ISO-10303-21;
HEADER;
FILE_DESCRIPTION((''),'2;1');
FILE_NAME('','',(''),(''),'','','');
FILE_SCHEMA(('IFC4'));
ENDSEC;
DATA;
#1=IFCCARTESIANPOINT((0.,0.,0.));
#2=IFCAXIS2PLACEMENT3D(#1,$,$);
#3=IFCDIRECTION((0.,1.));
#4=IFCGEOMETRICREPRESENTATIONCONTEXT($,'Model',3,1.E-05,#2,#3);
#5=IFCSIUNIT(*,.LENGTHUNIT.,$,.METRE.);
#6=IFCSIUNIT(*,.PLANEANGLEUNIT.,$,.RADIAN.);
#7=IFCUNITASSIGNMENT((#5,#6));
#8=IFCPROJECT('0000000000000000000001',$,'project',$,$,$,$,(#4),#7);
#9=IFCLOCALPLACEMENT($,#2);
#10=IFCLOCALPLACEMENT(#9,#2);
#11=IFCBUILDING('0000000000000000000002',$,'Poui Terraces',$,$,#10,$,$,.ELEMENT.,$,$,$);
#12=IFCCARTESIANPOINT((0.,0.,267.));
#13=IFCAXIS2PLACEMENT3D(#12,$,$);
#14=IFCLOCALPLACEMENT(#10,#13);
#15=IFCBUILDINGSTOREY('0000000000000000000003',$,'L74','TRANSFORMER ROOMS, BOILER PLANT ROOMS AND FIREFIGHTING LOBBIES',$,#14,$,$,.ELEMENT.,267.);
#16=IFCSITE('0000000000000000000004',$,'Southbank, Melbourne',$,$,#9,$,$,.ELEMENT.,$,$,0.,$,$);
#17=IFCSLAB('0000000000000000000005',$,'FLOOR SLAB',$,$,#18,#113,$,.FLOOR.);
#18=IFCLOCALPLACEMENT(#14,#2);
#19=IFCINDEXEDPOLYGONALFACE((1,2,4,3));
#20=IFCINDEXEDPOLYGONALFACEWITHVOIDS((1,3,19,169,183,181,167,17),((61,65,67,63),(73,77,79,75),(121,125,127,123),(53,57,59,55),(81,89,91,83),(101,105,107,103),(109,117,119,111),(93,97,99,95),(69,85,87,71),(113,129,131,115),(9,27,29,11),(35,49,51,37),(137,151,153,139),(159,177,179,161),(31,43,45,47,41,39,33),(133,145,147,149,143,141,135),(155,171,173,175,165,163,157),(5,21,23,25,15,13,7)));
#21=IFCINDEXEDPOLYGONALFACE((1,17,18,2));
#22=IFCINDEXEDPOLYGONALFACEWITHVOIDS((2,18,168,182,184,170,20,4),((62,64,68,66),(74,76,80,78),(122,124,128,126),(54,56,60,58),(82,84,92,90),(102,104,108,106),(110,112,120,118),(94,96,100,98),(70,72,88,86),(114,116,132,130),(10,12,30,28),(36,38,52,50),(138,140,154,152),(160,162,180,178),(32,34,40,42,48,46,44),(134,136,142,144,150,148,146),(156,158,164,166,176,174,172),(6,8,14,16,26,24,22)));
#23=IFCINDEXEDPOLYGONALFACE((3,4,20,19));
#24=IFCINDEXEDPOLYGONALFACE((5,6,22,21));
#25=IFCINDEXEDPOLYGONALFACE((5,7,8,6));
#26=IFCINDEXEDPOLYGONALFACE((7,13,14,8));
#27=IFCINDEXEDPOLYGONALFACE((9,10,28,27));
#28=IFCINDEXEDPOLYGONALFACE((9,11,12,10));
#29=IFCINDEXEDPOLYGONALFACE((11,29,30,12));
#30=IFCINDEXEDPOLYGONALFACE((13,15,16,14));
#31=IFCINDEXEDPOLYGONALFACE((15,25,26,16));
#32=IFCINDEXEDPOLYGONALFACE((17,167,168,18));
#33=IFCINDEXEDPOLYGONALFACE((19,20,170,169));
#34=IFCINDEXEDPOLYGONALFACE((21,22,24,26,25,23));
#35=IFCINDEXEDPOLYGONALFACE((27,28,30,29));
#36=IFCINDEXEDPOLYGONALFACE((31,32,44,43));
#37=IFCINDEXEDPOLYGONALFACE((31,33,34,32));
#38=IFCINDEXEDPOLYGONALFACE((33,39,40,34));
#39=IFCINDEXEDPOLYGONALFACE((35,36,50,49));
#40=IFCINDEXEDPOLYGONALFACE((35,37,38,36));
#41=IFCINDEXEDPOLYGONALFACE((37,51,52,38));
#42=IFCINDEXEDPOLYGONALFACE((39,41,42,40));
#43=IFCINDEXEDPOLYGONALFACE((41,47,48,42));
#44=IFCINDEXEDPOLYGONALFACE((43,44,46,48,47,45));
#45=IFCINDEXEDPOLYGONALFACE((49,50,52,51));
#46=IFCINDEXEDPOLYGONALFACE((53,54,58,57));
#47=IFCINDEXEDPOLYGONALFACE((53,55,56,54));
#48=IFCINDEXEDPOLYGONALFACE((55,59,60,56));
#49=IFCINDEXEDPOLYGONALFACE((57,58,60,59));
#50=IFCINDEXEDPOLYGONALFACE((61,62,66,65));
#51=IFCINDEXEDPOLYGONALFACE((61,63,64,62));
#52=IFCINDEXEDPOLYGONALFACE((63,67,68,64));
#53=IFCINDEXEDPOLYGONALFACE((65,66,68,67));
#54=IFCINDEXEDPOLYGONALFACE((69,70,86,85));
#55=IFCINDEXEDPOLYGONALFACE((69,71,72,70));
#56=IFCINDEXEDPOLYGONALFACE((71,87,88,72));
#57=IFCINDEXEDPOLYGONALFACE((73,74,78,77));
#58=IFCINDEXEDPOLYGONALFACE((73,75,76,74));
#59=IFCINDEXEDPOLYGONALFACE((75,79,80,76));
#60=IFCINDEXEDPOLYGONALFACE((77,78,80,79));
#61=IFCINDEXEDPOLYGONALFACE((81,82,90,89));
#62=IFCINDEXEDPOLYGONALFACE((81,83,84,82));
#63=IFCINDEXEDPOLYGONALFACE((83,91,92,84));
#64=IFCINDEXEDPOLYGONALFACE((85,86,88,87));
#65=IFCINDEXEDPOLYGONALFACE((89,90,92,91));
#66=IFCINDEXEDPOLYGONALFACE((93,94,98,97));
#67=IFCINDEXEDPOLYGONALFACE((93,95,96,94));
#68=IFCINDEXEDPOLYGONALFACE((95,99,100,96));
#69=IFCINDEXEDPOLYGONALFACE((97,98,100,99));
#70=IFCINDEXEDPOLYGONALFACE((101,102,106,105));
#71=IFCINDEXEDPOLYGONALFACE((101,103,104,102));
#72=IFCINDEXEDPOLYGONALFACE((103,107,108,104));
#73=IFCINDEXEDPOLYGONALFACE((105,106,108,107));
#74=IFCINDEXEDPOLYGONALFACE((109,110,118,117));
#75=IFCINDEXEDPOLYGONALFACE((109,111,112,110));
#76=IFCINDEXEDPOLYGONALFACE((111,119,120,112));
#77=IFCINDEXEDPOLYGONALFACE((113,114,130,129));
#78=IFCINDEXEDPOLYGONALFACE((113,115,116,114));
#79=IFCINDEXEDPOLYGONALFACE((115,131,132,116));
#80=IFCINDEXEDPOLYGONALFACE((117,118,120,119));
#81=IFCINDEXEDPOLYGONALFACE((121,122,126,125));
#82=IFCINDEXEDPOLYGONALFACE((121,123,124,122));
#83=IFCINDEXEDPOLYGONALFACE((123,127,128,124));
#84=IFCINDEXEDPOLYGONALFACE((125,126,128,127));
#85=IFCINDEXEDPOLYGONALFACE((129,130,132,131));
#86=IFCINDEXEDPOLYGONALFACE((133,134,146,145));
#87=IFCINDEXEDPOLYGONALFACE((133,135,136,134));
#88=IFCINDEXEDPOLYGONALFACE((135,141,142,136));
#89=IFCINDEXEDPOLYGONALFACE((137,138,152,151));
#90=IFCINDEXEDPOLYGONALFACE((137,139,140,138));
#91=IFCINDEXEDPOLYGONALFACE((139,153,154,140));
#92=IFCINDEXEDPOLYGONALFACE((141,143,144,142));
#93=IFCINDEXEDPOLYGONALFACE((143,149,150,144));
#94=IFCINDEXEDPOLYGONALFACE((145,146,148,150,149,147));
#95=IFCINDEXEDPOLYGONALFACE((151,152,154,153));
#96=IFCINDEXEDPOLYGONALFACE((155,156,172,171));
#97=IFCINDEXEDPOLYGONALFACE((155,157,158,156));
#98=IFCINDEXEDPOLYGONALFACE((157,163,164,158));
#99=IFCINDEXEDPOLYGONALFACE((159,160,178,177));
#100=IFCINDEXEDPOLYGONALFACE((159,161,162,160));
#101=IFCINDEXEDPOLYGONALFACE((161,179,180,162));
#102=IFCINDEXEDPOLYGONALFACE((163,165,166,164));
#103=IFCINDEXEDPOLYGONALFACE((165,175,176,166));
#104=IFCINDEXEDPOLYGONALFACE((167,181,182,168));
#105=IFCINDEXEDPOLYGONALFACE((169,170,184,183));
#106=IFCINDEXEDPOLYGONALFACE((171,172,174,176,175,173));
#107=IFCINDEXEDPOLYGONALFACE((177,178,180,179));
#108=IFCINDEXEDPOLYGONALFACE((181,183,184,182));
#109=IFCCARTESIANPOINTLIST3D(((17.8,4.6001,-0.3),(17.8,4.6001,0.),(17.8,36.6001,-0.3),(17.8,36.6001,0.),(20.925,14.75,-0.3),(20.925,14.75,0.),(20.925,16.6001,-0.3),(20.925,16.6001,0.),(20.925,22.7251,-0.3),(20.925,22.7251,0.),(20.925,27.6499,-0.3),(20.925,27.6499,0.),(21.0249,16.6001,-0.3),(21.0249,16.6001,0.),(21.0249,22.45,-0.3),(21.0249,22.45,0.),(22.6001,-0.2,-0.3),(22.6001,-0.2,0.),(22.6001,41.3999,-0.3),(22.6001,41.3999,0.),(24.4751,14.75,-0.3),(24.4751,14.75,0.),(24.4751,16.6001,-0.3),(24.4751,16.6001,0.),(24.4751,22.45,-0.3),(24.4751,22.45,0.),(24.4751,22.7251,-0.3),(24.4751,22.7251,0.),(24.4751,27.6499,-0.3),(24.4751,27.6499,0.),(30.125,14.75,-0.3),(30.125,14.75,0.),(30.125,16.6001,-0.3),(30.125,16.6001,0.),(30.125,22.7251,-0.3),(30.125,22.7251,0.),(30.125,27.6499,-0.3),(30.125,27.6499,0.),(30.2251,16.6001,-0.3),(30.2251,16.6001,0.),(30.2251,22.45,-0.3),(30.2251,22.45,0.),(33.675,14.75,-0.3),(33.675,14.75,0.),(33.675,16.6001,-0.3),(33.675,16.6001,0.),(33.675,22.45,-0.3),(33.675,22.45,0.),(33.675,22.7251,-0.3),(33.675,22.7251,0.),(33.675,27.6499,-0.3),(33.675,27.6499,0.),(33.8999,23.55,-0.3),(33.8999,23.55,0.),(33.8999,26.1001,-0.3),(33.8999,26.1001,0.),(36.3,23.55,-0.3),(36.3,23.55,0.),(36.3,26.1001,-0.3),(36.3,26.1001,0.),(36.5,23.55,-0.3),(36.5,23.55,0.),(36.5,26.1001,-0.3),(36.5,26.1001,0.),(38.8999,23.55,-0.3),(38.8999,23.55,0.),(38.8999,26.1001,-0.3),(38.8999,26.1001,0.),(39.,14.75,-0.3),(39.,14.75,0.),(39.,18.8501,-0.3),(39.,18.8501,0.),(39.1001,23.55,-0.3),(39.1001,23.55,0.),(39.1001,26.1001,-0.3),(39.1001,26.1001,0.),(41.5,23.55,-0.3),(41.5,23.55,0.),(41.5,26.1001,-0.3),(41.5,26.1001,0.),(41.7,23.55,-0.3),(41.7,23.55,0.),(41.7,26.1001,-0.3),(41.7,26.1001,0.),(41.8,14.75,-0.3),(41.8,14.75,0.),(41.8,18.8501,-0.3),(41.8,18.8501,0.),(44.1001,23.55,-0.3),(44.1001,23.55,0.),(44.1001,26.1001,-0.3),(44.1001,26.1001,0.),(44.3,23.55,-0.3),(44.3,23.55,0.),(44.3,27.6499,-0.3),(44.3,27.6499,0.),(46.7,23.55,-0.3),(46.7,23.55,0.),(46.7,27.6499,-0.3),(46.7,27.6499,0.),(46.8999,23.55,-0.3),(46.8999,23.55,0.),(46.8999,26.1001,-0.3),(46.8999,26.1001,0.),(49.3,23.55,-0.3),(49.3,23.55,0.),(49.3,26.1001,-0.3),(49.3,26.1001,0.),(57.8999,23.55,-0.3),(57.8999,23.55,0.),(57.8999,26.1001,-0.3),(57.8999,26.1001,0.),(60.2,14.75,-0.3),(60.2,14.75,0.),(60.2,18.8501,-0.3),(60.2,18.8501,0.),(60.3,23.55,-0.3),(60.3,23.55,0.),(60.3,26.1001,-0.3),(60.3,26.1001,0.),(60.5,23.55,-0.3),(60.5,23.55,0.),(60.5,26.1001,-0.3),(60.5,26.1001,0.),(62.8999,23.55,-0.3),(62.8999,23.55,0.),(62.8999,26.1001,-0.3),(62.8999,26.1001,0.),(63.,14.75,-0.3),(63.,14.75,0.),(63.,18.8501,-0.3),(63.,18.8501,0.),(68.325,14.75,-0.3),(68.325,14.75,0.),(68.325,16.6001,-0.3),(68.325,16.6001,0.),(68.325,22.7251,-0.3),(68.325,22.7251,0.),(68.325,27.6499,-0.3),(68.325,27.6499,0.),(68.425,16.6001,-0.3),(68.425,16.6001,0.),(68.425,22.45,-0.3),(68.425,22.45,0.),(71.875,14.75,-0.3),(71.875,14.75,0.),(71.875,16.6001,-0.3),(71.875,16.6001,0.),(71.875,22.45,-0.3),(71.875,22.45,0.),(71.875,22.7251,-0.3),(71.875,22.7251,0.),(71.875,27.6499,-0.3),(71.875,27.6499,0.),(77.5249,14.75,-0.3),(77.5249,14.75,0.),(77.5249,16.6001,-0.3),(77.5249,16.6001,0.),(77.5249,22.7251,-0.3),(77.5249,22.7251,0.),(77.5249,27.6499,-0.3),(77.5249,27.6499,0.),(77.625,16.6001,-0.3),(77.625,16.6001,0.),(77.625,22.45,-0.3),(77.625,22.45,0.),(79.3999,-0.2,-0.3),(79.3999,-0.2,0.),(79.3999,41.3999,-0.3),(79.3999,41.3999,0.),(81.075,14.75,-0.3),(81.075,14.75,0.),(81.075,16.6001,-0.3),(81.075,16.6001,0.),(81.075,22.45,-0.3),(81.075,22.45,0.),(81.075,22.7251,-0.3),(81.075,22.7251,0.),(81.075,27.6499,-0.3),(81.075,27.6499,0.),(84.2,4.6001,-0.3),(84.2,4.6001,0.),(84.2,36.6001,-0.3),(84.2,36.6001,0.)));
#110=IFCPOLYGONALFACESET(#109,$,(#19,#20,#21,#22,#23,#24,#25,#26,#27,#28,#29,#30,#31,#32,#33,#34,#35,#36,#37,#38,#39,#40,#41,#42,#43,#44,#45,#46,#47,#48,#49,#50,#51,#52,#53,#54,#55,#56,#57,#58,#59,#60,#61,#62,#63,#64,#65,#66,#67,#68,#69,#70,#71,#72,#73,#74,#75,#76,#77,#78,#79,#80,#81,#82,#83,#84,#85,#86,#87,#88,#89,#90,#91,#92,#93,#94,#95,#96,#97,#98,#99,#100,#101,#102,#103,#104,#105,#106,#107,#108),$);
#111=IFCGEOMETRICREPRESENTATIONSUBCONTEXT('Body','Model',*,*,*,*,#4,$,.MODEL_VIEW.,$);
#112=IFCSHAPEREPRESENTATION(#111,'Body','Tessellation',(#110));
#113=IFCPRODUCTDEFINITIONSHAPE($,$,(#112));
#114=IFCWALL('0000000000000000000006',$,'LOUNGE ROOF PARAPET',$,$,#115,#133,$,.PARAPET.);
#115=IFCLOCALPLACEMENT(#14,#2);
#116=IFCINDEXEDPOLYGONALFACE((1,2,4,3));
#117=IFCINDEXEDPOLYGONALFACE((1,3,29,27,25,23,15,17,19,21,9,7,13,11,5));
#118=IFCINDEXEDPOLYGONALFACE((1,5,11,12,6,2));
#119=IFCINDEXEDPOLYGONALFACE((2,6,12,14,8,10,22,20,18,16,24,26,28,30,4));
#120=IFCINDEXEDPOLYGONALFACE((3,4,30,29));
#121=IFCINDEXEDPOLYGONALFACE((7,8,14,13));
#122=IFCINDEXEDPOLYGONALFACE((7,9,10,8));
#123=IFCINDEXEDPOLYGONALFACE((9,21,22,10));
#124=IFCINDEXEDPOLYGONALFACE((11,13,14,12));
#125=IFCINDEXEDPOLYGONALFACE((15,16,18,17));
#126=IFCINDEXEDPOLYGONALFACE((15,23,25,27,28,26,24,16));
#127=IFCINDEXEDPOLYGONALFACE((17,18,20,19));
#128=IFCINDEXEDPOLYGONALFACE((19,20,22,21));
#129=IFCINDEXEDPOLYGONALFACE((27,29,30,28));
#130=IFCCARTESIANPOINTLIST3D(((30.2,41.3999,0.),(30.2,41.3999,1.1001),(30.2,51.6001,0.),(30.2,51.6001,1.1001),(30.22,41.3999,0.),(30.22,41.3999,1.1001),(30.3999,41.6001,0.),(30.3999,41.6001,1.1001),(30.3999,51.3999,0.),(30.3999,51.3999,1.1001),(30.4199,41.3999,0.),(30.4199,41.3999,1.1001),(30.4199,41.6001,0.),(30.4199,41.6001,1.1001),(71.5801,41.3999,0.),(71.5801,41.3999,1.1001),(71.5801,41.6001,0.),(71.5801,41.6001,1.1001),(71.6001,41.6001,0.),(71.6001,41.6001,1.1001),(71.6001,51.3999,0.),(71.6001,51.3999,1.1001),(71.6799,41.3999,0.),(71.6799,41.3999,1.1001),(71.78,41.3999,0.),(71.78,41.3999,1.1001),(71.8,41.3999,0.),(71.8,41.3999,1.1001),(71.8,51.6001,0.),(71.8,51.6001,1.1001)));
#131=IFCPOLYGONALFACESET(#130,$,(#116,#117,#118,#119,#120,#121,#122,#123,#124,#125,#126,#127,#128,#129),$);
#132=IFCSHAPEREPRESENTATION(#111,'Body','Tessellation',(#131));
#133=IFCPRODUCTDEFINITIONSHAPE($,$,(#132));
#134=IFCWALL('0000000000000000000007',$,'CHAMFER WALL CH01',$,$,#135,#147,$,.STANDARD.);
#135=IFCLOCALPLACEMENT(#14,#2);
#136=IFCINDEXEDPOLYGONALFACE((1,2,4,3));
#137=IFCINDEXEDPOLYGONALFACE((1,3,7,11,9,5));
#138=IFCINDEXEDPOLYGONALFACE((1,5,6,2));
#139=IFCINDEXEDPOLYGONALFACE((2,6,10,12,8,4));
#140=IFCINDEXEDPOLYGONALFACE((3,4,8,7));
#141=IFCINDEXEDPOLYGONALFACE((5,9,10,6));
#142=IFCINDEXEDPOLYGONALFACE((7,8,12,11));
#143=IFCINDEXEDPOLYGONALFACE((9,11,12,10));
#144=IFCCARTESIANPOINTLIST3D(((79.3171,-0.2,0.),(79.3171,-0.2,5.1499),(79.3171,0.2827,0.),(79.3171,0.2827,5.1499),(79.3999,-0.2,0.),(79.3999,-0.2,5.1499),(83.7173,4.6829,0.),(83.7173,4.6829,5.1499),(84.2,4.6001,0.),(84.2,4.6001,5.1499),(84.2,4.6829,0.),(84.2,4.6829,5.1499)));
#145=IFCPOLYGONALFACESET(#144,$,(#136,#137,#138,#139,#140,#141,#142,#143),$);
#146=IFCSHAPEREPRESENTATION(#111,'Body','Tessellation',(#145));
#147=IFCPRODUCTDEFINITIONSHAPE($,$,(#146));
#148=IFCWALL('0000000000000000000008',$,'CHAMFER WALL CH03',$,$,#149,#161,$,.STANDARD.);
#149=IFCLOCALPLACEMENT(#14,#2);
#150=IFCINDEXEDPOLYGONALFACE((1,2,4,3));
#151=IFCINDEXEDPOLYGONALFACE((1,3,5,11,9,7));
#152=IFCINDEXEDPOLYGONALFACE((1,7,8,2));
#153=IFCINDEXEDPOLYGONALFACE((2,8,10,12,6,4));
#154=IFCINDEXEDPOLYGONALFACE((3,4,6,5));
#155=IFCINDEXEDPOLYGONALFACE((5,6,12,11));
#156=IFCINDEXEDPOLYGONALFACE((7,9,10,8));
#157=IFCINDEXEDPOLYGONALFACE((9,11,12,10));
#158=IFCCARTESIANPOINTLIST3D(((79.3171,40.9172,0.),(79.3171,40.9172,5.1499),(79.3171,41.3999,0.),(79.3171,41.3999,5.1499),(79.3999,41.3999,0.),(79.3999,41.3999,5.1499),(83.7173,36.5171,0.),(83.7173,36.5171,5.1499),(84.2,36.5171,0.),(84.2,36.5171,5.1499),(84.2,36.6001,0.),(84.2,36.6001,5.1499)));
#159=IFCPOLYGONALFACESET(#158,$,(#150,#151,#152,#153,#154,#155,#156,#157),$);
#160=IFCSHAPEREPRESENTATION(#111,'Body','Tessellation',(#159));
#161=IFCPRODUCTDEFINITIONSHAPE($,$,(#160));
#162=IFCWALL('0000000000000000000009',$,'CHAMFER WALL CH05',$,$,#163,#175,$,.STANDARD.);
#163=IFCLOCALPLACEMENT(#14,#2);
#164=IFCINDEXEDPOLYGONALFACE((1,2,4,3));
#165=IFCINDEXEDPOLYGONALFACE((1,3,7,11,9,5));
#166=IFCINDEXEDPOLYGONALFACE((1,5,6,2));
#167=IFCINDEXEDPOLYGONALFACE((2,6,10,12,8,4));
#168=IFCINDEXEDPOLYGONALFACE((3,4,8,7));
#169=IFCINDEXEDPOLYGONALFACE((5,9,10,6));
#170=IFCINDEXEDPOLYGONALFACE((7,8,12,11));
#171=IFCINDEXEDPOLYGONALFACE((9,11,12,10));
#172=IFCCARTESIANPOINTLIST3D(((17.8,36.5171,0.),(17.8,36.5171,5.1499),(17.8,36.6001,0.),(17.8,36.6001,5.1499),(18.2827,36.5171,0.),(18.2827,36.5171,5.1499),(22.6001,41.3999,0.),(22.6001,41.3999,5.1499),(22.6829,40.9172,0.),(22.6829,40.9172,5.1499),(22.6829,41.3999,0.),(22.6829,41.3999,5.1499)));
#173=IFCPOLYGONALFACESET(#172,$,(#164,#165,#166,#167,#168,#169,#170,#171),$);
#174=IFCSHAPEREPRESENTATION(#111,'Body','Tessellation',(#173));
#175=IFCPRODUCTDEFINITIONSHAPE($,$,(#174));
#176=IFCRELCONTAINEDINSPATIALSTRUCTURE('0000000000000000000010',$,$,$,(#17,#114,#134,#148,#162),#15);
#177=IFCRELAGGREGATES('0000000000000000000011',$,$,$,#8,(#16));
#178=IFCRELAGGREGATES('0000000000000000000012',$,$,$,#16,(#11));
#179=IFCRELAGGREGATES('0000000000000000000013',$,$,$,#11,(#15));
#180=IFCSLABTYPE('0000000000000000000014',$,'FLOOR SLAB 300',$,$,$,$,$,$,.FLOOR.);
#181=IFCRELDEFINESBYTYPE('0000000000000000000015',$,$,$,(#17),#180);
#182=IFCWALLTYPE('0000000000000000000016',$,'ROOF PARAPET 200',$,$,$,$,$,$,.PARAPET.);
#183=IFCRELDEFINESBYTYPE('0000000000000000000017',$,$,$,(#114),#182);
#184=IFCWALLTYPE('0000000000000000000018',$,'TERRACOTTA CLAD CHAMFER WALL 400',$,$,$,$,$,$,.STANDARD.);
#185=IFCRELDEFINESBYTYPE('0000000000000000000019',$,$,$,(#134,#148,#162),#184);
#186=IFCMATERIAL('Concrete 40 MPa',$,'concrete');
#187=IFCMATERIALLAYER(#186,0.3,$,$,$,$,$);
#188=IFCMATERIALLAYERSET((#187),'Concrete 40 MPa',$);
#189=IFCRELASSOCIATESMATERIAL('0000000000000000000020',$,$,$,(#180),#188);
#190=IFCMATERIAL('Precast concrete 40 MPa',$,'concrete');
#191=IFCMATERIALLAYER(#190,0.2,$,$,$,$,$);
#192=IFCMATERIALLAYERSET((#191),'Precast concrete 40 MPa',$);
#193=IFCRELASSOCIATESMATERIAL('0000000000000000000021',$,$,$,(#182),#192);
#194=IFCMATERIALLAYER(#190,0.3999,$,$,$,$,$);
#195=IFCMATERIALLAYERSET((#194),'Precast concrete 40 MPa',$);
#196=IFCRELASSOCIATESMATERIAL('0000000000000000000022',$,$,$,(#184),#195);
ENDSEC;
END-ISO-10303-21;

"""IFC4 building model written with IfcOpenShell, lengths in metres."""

from ifc_helpers import new_model, si_unit, direction, frame, origin, place, context, subcontext, project, spatial, polyline, outline, extrude, source, transform, mapped, material, layer, layer_set, type_object, element, save


model = new_model("IFC4")

# Units and contexts
model_context = context("Model", 3, precision=1e-05, world=origin(), true_north=direction((0.0, 1.0)))
body_context = subcontext(model_context, "Body", "Model", "MODEL_VIEW")
ifc_project = project(units=[si_unit("LENGTHUNIT", "METRE"), si_unit("PLANEANGLEUNIT", "RADIAN")], contexts=[model_context])

# Site, building, storey
site_placement = place(None, origin())
site = spatial("IfcSite", under=ifc_project, at=site_placement, Name="Southbank, Melbourne", CompositionType="ELEMENT", RefElevation=0.0)
building_placement = place(site_placement, origin())
building = spatial("IfcBuilding", under=site, at=building_placement, Name="Poui Terraces", CompositionType="ELEMENT")
storey_placement = place(building_placement, frame((0.0, 0.0, 267.0)))
storey = spatial("IfcBuildingStorey", under=building, at=storey_placement, Name="L74", Description="TRANSFORMER ROOMS, BOILER PLANT ROOMS AND FIREFIGHTING LOBBIES", CompositionType="ELEMENT", Elevation=267.0)

# Slab
ifc_material_1 = material(Name="Concrete 40 MPa", Category="concrete")
ifc_layer_1 = layer(ifc_material_1, 0.3)
ifc_layer_set_1 = layer_set([ifc_layer_1], Name="Concrete 40 MPa")
slab_type_1 = type_object("IfcSlabType", Name="FLOOR SLAB 300", PredefinedType="FLOOR", material=ifc_layer_set_1)
shared_shape_1 = source(origin(), body_context, "Body", "SweptSolid", [
    extrude(outline(polyline([(0.0, 0.0), (4.8, -4.8), (61.5999, -4.8), (66.3999, 0.0), (66.3999, 32.0), (61.5999, 36.7998), (4.8, 36.7998), (0.0, 32.0), (0.0, 0.0)]), holes=[polyline([(21.2, 10.1499), (21.2, 14.25), (24.0, 14.25), (24.0, 10.1499), (21.2, 10.1499)]), polyline([(3.2249, 17.8499), (6.675, 17.8499), (6.675, 12.0), (6.675, 10.1499), (3.125, 10.1499), (3.125, 12.0), (3.2249, 12.0), (3.2249, 17.8499)]), polyline([(12.425, 17.8499), (15.875, 17.8499), (15.875, 12.0), (15.875, 10.1499), (12.325, 10.1499), (12.325, 12.0), (12.425, 12.0), (12.425, 17.8499)]), polyline([(16.0999, 18.95), (16.0999, 21.5), (18.5, 21.5), (18.5, 18.95), (16.0999, 18.95)]), polyline([(18.7, 18.95), (18.7, 21.5), (21.0999, 21.5), (21.0999, 18.95), (18.7, 18.95)]), polyline([(21.3, 18.95), (21.3, 21.5), (23.7, 21.5), (23.7, 18.95), (21.3, 18.95)]), polyline([(23.8999, 18.95), (23.8999, 21.5), (26.3, 21.5), (26.3, 18.95), (23.8999, 18.95)]), polyline([(3.125, 23.0498), (6.675, 23.0498), (6.675, 18.125), (3.125, 18.125), (3.125, 23.0498)]), polyline([(12.325, 23.0498), (15.875, 23.0498), (15.875, 18.125), (12.325, 18.125), (12.325, 23.0498)]), polyline([(42.3999, 10.1499), (42.3999, 14.25), (45.2, 14.25), (45.2, 10.1499), (42.3999, 10.1499)]), polyline([(50.625, 17.8499), (54.075, 17.8499), (54.075, 12.0), (54.075, 10.1499), (50.5249, 10.1499), (50.5249, 12.0), (50.625, 12.0), (50.625, 17.8499)]), polyline([(59.825, 17.8499), (63.2749, 17.8499), (63.2749, 12.0), (63.2749, 10.1499), (59.7249, 10.1499), (59.7249, 12.0), (59.825, 12.0), (59.825, 17.8499)]), polyline([(29.0999, 18.95), (29.0999, 21.5), (31.5, 21.5), (31.5, 18.95), (29.0999, 18.95)]), polyline([(40.0999, 18.95), (40.0999, 21.5), (42.5, 21.5), (42.5, 18.95), (40.0999, 18.95)]), polyline([(42.7, 18.95), (42.7, 21.5), (45.0999, 21.5), (45.0999, 18.95), (42.7, 18.95)]), polyline([(50.5249, 18.125), (50.5249, 23.0498), (54.075, 23.0498), (54.075, 18.125), (50.5249, 18.125)]), polyline([(59.7249, 23.0498), (63.2749, 23.0498), (63.2749, 18.125), (59.7249, 18.125), (59.7249, 23.0498)]), polyline([(26.5, 23.0498), (28.8999, 23.0498), (28.8999, 18.95), (26.5, 18.95), (26.5, 23.0498)])]), origin(), (0.0, 0.0, 1.0), 0.3),
])
slab_1_placement = place(storey_placement, frame((17.8, 4.6001, -0.3)))
element("IfcSlab", 1, at=slab_1_placement, inside=storey, type_object=slab_type_1, Name="FLOOR SLAB", PredefinedType="FLOOR", context=body_context, shape_type="MappedRepresentation", body=[
    mapped(shared_shape_1, transform((0.0, 0.0, 0.0))),
])

# Walls
ifc_material_2 = material(Name="Precast concrete 40 MPa", Category="concrete")
ifc_layer_2 = layer(ifc_material_2, 0.2)
ifc_layer_set_2 = layer_set([ifc_layer_2], Name="Precast concrete 40 MPa")
wall_type_1 = type_object("IfcWallType", Name="ROOF PARAPET 200", PredefinedType="PARAPET", material=ifc_layer_set_2)
wall_1_placement = place(storey_placement, origin())
element("IfcWall", 2, at=wall_1_placement, inside=storey, type_object=wall_type_1, Name="LOUNGE ROOF PARAPET", PredefinedType="PARAPET", context=body_context, shape_type="SweptSolid", body=[
    extrude(outline(polyline([(30.22, 41.3999), (30.4199, 41.3999), (30.4199, 41.6001), (30.3999, 41.6001), (30.3999, 51.3999), (71.6001, 51.3999), (71.6001, 41.6001), (71.5801, 41.6001), (71.5801, 41.3999), (71.6799, 41.3999), (71.78, 41.3999), (71.8, 41.3999), (71.8, 51.6001), (30.2, 51.6001), (30.2, 41.3999), (30.22, 41.3999), (30.22, 41.3999)])), origin(), (0.0, 0.0, 1.0), 1.1001),
])
ifc_layer_3 = layer(ifc_material_2, 0.3999)
ifc_layer_set_3 = layer_set([ifc_layer_3], Name="Precast concrete 40 MPa")
wall_type_2 = type_object("IfcWallType", Name="TERRACOTTA CLAD CHAMFER WALL 400", PredefinedType="STANDARD", material=ifc_layer_set_3)
wall_2_placement = place(storey_placement, origin())
element("IfcWall", 3, at=wall_2_placement, inside=storey, type_object=wall_type_2, Name="CHAMFER WALL CH01", PredefinedType="STANDARD", context=body_context, shape_type="SweptSolid", body=[
    extrude(outline(polyline([(79.3171, -0.2), (79.3999, -0.2), (84.2, 4.6001), (84.2, 4.6829), (83.7173, 4.6829), (79.3171, 0.2827), (79.3171, -0.2)])), origin(), (0.0, 0.0, 1.0), 5.1499),
])
wall_3_placement = place(storey_placement, origin())
element("IfcWall", 4, at=wall_3_placement, inside=storey, type_object=wall_type_2, Name="CHAMFER WALL CH03", PredefinedType="STANDARD", context=body_context, shape_type="SweptSolid", body=[
    extrude(outline(polyline([(84.2, 36.5171), (84.2, 36.6001), (79.3999, 41.3999), (79.3171, 41.3999), (79.3171, 40.9172), (83.7173, 36.5171), (84.2, 36.5171)])), origin(), (0.0, 0.0, 1.0), 5.1499),
])
wall_4_placement = place(storey_placement, origin())
element("IfcWall", 5, at=wall_4_placement, inside=storey, type_object=wall_type_2, Name="CHAMFER WALL CH05", PredefinedType="STANDARD", context=body_context, shape_type="SweptSolid", body=[
    extrude(outline(polyline([(22.6829, 41.3999), (22.6001, 41.3999), (17.8, 36.6001), (17.8, 36.5171), (18.2827, 36.5171), (22.6829, 40.9172), (22.6829, 41.3999)])), origin(), (0.0, 0.0, 1.0), 5.1499),
])

save(model, "model.ifc")
